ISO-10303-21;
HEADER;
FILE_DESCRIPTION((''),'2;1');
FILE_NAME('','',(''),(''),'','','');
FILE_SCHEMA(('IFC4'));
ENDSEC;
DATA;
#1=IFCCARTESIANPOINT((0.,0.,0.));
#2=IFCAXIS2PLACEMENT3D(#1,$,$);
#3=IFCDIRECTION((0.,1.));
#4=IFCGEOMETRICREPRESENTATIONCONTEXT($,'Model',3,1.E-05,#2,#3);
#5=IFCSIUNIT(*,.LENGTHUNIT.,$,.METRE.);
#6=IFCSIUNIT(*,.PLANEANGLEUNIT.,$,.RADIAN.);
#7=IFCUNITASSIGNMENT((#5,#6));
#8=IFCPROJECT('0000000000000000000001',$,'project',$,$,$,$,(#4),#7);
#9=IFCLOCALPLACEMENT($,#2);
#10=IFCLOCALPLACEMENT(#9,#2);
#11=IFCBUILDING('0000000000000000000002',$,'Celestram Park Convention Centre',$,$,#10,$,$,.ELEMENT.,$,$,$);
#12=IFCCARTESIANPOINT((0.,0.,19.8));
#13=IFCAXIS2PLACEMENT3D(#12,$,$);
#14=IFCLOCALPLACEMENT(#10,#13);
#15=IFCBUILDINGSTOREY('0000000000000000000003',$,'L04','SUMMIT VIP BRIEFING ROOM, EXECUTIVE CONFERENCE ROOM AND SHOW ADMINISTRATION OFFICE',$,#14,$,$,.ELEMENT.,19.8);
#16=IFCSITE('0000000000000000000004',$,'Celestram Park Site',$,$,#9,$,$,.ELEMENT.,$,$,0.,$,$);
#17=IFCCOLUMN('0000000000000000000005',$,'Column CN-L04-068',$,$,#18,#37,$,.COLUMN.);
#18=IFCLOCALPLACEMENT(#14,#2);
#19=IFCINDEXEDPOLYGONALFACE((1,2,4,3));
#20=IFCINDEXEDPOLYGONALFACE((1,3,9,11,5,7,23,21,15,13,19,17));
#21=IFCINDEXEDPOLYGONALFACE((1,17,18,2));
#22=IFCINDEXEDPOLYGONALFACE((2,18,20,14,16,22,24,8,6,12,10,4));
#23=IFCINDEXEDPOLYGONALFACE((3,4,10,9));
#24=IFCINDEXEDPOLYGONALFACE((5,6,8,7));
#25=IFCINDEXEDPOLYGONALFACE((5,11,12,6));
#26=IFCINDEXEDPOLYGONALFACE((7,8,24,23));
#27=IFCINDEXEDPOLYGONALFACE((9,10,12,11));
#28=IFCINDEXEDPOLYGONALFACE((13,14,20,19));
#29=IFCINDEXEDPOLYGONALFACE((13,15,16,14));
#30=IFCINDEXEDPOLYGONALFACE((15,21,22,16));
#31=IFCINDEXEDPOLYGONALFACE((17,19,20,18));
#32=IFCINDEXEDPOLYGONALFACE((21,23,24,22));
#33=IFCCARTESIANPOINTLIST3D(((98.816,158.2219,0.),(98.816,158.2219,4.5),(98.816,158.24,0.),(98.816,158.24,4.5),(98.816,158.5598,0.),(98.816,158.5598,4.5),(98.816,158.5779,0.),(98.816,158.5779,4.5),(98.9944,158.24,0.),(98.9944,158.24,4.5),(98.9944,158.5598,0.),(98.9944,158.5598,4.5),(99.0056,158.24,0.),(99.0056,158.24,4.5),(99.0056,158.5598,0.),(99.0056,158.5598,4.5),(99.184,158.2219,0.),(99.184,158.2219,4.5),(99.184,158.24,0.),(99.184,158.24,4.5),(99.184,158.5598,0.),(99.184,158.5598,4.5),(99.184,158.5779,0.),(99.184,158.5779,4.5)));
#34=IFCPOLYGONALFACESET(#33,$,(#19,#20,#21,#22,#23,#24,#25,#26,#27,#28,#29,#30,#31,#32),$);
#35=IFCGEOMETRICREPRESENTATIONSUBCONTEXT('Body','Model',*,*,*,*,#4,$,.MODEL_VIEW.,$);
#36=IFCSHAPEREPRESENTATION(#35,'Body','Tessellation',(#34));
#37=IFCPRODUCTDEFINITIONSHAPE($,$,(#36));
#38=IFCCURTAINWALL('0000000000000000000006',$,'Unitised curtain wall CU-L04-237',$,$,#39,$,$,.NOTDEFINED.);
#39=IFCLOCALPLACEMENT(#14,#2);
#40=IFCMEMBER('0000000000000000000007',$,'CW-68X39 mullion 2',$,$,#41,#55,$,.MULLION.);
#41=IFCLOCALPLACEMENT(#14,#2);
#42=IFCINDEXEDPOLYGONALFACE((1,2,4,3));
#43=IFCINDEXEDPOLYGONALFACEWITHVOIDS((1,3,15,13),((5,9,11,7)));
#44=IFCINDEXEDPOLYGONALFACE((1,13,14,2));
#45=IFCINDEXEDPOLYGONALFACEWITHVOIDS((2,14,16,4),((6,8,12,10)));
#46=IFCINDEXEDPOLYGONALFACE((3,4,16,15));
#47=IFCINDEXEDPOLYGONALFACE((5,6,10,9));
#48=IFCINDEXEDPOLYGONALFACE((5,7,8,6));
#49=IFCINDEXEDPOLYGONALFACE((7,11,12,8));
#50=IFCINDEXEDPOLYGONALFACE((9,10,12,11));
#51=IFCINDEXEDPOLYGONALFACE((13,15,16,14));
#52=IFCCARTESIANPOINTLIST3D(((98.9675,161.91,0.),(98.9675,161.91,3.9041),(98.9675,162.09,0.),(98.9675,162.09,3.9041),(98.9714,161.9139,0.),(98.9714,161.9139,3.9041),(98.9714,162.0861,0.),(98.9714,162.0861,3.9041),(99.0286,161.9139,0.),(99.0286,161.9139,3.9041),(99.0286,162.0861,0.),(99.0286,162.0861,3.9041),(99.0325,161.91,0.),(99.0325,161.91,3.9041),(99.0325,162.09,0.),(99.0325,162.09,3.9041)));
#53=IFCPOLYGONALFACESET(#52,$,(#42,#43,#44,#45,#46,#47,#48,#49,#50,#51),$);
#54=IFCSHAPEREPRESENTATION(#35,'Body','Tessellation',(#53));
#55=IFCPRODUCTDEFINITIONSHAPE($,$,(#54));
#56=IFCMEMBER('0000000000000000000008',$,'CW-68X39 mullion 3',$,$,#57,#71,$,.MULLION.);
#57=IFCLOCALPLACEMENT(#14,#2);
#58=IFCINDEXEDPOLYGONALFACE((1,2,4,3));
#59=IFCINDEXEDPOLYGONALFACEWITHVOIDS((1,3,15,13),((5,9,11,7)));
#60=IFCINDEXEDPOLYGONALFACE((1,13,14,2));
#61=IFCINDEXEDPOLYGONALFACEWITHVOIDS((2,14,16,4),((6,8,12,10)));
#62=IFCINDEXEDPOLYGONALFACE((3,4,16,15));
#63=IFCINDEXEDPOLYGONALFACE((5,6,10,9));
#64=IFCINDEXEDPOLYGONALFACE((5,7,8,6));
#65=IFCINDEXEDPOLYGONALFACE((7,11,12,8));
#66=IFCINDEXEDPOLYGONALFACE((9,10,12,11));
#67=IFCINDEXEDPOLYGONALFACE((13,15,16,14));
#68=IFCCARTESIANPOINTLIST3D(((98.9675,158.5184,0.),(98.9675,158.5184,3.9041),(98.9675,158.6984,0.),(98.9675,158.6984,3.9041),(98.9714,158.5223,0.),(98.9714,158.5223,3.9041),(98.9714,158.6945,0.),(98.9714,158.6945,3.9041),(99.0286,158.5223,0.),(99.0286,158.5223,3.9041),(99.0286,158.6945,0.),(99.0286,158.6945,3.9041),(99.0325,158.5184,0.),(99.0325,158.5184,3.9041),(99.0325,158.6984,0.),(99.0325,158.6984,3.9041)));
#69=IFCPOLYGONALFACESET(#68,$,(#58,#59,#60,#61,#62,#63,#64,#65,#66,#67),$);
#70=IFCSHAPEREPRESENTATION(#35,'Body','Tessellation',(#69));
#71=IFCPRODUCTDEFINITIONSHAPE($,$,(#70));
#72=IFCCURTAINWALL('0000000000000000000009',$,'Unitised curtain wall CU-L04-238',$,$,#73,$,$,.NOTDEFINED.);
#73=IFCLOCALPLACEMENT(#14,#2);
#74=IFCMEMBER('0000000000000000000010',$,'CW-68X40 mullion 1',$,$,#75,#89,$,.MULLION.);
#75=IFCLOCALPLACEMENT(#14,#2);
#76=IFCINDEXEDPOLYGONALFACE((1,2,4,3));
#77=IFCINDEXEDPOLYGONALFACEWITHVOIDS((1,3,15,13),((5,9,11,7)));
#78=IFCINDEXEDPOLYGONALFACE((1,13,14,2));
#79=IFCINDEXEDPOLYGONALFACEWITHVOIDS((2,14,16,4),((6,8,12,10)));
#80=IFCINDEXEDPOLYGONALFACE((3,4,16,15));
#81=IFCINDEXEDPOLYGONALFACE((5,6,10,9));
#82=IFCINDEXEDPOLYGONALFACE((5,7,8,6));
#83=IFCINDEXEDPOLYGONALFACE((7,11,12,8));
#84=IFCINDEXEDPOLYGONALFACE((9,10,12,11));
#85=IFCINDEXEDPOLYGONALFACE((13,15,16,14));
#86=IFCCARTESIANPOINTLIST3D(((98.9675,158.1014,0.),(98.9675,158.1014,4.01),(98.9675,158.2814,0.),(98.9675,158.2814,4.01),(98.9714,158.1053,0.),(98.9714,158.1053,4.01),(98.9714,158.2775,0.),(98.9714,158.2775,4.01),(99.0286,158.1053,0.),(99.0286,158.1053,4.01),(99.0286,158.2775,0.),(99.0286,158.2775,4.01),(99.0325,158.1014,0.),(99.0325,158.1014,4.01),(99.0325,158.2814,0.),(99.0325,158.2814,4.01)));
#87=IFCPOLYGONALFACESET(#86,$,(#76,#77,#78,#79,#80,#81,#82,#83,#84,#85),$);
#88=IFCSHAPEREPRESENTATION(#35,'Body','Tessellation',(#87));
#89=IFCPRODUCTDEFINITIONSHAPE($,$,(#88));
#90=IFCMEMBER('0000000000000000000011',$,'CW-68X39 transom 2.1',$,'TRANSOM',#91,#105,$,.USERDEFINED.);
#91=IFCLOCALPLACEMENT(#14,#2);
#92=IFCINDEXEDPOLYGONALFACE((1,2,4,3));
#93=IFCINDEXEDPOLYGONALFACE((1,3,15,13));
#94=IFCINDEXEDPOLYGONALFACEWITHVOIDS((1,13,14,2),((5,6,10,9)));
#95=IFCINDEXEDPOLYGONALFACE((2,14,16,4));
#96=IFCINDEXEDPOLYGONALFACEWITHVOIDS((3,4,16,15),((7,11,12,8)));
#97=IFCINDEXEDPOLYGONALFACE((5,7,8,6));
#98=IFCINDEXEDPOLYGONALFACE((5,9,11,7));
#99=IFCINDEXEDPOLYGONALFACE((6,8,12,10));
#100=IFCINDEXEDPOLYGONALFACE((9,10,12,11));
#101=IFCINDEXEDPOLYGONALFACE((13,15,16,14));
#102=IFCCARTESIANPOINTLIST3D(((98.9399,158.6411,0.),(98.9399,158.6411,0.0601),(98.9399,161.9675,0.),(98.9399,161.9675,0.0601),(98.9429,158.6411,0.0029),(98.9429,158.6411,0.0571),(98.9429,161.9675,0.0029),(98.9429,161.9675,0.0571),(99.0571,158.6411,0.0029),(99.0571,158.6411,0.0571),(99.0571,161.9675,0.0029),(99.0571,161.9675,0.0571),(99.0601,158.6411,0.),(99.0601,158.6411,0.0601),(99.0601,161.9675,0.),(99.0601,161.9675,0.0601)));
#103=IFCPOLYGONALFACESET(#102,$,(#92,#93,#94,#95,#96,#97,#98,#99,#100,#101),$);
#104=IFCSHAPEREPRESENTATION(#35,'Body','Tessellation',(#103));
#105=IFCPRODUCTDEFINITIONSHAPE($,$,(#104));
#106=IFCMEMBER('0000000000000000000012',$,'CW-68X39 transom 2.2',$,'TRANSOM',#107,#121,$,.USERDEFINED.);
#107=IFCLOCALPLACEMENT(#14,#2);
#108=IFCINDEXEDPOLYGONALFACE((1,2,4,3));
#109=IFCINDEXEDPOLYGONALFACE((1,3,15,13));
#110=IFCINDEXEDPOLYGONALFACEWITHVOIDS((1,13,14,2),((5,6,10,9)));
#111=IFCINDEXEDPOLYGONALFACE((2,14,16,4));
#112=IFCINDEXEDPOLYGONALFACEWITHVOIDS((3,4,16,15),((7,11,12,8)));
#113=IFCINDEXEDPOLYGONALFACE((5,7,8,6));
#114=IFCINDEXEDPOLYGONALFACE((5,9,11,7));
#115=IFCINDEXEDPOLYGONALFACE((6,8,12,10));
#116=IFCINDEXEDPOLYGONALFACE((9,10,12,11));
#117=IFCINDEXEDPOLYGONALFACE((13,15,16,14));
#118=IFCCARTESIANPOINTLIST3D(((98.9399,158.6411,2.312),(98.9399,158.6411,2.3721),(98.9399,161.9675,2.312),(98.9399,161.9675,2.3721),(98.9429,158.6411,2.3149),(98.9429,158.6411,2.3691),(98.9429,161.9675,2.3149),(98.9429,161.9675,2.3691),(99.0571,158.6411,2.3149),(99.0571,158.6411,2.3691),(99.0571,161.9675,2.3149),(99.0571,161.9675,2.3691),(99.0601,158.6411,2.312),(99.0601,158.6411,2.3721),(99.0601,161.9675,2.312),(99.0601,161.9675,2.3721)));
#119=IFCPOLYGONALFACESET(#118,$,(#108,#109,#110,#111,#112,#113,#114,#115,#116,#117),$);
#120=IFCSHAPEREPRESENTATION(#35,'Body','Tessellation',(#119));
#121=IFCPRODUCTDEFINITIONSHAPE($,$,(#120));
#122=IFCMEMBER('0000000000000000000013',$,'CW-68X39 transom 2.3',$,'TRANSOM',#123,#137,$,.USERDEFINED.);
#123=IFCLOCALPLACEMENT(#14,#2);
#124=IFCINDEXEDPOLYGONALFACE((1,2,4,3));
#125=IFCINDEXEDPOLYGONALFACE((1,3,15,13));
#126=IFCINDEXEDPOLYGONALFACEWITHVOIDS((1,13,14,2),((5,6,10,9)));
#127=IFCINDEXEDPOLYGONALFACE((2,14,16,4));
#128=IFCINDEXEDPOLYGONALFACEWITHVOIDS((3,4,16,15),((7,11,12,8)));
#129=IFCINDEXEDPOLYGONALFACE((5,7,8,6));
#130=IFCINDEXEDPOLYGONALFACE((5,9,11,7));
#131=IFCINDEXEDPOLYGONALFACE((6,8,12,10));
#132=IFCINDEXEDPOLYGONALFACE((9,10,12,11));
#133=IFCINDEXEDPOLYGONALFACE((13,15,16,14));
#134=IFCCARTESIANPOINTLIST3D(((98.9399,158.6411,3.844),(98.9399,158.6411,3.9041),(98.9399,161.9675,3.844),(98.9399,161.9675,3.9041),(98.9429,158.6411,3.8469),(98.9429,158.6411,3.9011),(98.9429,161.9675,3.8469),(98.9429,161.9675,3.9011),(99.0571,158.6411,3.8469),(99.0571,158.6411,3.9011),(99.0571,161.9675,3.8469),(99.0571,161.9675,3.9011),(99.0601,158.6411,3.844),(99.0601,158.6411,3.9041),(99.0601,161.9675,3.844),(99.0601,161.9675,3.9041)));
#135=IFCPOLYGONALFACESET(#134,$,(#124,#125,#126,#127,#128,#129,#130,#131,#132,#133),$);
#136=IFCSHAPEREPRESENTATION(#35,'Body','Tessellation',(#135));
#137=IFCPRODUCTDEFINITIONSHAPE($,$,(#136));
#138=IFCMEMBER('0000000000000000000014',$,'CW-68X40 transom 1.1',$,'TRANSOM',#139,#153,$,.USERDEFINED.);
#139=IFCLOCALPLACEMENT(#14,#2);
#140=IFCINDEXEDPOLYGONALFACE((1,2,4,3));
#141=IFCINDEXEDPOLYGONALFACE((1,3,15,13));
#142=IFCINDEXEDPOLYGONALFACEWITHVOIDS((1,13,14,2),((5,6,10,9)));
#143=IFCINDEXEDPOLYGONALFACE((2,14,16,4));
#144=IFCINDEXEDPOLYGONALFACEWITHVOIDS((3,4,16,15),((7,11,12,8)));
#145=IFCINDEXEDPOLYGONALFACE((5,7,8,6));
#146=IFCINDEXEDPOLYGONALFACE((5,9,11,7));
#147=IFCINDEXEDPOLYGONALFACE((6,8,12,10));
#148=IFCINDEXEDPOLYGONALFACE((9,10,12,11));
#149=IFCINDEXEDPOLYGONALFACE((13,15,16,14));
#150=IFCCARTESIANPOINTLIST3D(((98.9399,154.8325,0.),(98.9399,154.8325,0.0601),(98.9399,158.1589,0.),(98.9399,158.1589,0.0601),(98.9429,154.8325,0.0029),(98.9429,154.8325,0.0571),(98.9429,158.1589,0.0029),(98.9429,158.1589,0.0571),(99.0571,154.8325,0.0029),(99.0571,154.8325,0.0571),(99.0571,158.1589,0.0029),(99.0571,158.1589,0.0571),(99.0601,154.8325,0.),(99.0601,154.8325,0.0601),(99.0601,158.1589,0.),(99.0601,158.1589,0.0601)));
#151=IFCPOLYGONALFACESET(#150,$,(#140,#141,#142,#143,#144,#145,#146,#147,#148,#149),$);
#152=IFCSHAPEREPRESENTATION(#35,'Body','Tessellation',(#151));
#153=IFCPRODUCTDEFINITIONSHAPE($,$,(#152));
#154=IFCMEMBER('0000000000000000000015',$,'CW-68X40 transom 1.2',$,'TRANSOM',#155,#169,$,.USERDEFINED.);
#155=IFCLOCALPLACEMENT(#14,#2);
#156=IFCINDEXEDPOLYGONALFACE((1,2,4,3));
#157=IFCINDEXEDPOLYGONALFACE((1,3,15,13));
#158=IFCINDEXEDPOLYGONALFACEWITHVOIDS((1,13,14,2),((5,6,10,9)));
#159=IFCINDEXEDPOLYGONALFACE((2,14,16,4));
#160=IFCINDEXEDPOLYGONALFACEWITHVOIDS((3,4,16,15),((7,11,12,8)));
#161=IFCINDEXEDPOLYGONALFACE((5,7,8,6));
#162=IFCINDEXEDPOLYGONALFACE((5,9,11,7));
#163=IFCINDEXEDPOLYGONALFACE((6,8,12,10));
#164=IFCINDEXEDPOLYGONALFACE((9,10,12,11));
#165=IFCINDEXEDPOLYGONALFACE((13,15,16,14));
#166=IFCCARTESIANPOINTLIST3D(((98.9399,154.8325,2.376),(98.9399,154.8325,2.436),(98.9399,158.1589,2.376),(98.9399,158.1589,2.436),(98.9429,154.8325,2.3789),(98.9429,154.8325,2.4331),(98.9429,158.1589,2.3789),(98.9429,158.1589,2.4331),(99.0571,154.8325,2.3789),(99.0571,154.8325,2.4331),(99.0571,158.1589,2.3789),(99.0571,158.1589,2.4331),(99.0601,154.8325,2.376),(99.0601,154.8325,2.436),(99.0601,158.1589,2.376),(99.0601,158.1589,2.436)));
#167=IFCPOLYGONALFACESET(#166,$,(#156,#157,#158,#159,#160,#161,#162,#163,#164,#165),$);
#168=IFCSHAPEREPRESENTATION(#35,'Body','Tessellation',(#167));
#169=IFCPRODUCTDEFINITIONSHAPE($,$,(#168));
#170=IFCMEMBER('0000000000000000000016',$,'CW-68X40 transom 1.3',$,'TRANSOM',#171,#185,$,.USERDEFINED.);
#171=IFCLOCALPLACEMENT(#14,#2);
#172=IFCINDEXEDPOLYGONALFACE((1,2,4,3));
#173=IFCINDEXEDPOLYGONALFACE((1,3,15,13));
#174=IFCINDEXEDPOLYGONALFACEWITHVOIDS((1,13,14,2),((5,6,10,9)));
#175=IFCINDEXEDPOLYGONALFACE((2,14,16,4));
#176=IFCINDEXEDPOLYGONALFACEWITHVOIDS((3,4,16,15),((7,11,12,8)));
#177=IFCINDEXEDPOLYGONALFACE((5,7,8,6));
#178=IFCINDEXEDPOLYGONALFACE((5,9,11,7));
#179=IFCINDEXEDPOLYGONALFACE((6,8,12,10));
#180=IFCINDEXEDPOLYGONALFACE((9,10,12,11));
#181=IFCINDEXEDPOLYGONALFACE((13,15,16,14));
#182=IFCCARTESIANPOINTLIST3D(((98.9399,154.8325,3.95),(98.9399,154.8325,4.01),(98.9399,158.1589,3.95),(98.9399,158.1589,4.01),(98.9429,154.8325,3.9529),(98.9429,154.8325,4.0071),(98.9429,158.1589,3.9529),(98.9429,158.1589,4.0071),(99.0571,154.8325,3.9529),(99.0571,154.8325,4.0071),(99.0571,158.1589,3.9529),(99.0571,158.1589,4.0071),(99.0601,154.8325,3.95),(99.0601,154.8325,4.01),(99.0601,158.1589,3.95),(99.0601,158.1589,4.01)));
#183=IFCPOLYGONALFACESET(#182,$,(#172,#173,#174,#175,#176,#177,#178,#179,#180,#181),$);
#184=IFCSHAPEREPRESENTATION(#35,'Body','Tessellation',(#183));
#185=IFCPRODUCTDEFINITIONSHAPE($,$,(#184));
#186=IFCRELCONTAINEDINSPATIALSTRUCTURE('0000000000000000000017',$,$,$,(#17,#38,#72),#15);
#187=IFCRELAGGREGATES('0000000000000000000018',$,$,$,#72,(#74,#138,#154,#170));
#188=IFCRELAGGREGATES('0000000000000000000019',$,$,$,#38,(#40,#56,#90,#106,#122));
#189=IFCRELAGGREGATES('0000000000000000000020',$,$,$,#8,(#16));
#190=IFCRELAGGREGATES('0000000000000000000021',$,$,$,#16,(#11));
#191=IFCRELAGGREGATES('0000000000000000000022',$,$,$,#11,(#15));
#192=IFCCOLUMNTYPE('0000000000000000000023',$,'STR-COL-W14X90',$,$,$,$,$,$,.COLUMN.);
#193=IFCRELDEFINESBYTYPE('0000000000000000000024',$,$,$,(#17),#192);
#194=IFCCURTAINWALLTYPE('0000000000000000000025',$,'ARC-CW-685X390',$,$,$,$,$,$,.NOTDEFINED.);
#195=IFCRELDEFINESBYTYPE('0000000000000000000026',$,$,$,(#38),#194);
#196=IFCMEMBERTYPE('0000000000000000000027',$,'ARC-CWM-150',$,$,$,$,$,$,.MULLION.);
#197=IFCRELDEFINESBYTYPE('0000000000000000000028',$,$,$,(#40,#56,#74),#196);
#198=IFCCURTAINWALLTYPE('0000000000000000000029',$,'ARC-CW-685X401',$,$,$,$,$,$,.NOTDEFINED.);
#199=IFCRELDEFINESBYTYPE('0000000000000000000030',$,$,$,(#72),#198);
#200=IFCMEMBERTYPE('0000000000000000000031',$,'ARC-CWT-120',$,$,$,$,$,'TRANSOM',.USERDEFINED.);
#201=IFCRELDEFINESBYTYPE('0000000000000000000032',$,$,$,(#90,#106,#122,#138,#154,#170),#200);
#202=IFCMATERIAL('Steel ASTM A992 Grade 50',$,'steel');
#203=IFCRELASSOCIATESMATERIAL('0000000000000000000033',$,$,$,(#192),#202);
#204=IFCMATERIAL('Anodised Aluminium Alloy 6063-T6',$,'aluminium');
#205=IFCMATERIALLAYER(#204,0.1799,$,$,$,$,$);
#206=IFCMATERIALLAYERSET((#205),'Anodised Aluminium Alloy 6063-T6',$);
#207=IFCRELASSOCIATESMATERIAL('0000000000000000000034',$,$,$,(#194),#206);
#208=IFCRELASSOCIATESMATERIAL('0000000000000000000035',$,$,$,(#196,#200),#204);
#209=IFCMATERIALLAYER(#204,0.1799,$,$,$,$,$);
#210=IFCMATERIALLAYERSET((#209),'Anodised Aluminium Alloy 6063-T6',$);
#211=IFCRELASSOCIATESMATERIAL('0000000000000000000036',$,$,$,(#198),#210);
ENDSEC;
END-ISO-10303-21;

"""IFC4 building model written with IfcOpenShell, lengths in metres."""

from ifc_helpers import new_model, si_unit, direction, frame, origin, origin_2d, place, context, subcontext, project, spatial, hollow_rectangle, i_section, extrude, material, layer, layer_set, material_profile, profile_set, type_object, element, aggregate, save


model = new_model("IFC4")

# Units and contexts
model_context = context("Model", 3, precision=1e-05, world=origin(), true_north=direction((0.0, 1.0)))
body_context = subcontext(model_context, "Body", "Model", "MODEL_VIEW")
ifc_project = project(units=[si_unit("LENGTHUNIT", "METRE"), si_unit("PLANEANGLEUNIT", "RADIAN")], contexts=[model_context])

# Site, building, storey
site_placement = place(None, origin())
site = spatial("IfcSite", under=ifc_project, at=site_placement, Name="Celestram Park Site", CompositionType="ELEMENT", RefElevation=0.0)
building_placement = place(site_placement, origin())
building = spatial("IfcBuilding", under=site, at=building_placement, Name="Celestram Park Convention Centre", CompositionType="ELEMENT")
storey_placement = place(building_placement, frame((0.0, 0.0, 19.8)))
storey = spatial("IfcBuildingStorey", under=building, at=storey_placement, Name="L04", Description="SUMMIT VIP BRIEFING ROOM, EXECUTIVE CONFERENCE ROOM AND SHOW ADMINISTRATION OFFICE", CompositionType="ELEMENT", Elevation=19.8)

# Column
ifc_material_1 = material(Name="Steel ASTM A992 Grade 50", Category="steel")
ifc_material_profile_1 = material_profile(ifc_material_1, i_section(OverallWidth=0.3679, OverallDepth=0.356, WebThickness=0.0112, FlangeThickness=0.0181, at=origin_2d()), Name="W14X90")
ifc_profile_set_1 = profile_set([ifc_material_profile_1], Name="Steel ASTM A992 Grade 50")
column_type = type_object("IfcColumnType", Name="STR-COL-W14X90", PredefinedType="COLUMN", material=ifc_profile_set_1)
column_placement = place(storey_placement, frame((99.0, 158.3999, 0.0), z_axis=(0.0, 0.0, 1.0), x_axis=(1.0, 0.0, 0.0)))
element("IfcColumn", 1, at=column_placement, inside=storey, type_object=column_type, Name="Column CN-L04-068", PredefinedType="COLUMN", context=body_context, shape_type="SweptSolid", body=[
    extrude(i_section(OverallWidth=0.3679, OverallDepth=0.356, WebThickness=0.0112, FlangeThickness=0.0181, at=origin_2d()), origin(), (0.0, 0.0, 1.0), 4.5),
])

# Curtain wall, members
ifc_material_2 = material(Name="Anodised Aluminium Alloy 6063-T6", Category="aluminium")
ifc_layer_1 = layer(ifc_material_2, 0.1799)
ifc_layer_set_1 = layer_set([ifc_layer_1], Name="Anodised Aluminium Alloy 6063-T6")
curtain_wall_type_1 = type_object("IfcCurtainWallType", Name="ARC-CW-685X390", PredefinedType="NOTDEFINED", material=ifc_layer_set_1)
curtain_wall_1_placement = place(storey_placement, origin())
curtain_wall_1 = element("IfcCurtainWall", 2, at=curtain_wall_1_placement, inside=storey, type_object=curtain_wall_type_1, Name="Unitised curtain wall CU-L04-237", PredefinedType="NOTDEFINED")
ifc_material_profile_2 = material_profile(ifc_material_2, hollow_rectangle(XDim=0.0649, YDim=0.1799, WallThickness=0.0039, at=origin_2d()), Name="ALU65X180X4")
ifc_profile_set_2 = profile_set([ifc_material_profile_2], Name="Anodised Aluminium Alloy 6063-T6")
member_type_1 = type_object("IfcMemberType", Name="ARC-CWM-150", PredefinedType="MULLION", material=ifc_profile_set_2)
member_1_placement = place(storey_placement, frame((99.0, 162.0, 0.0), z_axis=(0.0, 0.0, 1.0), x_axis=(1.0, 0.0, 0.0)))
member_1 = element("IfcMember", 3, at=member_1_placement, type_object=member_type_1, Name="CW-68X39 mullion 2", PredefinedType="MULLION", context=body_context, shape_type="SweptSolid", body=[
    extrude(hollow_rectangle(XDim=0.0649, YDim=0.1799, WallThickness=0.0039, at=origin_2d()), origin(), (0.0, 0.0, 1.0), 3.9041),
])
member_2_placement = place(storey_placement, frame((99.0, 158.6084, 0.0), z_axis=(0.0, 0.0, 1.0), x_axis=(1.0, 0.0, 0.0)))
member_2 = element("IfcMember", 4, at=member_2_placement, type_object=member_type_1, Name="CW-68X39 mullion 3", PredefinedType="MULLION", context=body_context, shape_type="SweptSolid", body=[
    extrude(hollow_rectangle(XDim=0.0649, YDim=0.1799, WallThickness=0.0039, at=origin_2d()), origin(), (0.0, 0.0, 1.0), 3.9041),
])

# Curtain wall, member
ifc_layer_2 = layer(ifc_material_2, 0.1799)
ifc_layer_set_2 = layer_set([ifc_layer_2], Name="Anodised Aluminium Alloy 6063-T6")
curtain_wall_type_2 = type_object("IfcCurtainWallType", Name="ARC-CW-685X401", PredefinedType="NOTDEFINED", material=ifc_layer_set_2)
curtain_wall_2_placement = place(storey_placement, origin())
curtain_wall_2 = element("IfcCurtainWall", 5, at=curtain_wall_2_placement, inside=storey, type_object=curtain_wall_type_2, Name="Unitised curtain wall CU-L04-238", PredefinedType="NOTDEFINED")
member_3_placement = place(storey_placement, frame((99.0, 158.1914, 0.0), z_axis=(0.0, 0.0, 1.0), x_axis=(1.0, 0.0, 0.0)))
member_3 = element("IfcMember", 6, at=member_3_placement, type_object=member_type_1, Name="CW-68X40 mullion 1", PredefinedType="MULLION", context=body_context, shape_type="SweptSolid", body=[
    extrude(hollow_rectangle(XDim=0.0649, YDim=0.1799, WallThickness=0.0039, at=origin_2d()), origin(), (0.0, 0.0, 1.0), 4.01),
])

# Members
ifc_material_profile_3 = material_profile(ifc_material_2, hollow_rectangle(XDim=0.1201, YDim=0.0601, WallThickness=0.0029, at=origin_2d()), Name="ALU120X60X3")
ifc_profile_set_3 = profile_set([ifc_material_profile_3], Name="Anodised Aluminium Alloy 6063-T6")
member_type_2 = type_object("IfcMemberType", Name="ARC-CWT-120", ElementType="TRANSOM", PredefinedType="USERDEFINED", material=ifc_profile_set_3)
member_4_placement = place(storey_placement, frame((99.0, 161.9675, 0.03), z_axis=(0.0, -1.0, 0.0), x_axis=(1.0, 0.0, 0.0)))
member_4 = element("IfcMember", 7, at=member_4_placement, type_object=member_type_2, Name="CW-68X39 transom 2.1", ObjectType="TRANSOM", PredefinedType="USERDEFINED", context=body_context, shape_type="SweptSolid", body=[
    extrude(hollow_rectangle(XDim=0.1201, YDim=0.0601, WallThickness=0.0029, at=origin_2d()), origin(), (0.0, 0.0, 1.0), 3.3264),
])
member_5_placement = place(storey_placement, frame((99.0, 161.9675, 2.342), z_axis=(0.0, -1.0, 0.0), x_axis=(1.0, 0.0, 0.0)))
member_5 = element("IfcMember", 8, at=member_5_placement, type_object=member_type_2, Name="CW-68X39 transom 2.2", ObjectType="TRANSOM", PredefinedType="USERDEFINED", context=body_context, shape_type="SweptSolid", body=[
    extrude(hollow_rectangle(XDim=0.1201, YDim=0.0601, WallThickness=0.0029, at=origin_2d()), origin(), (0.0, 0.0, 1.0), 3.3264),
])
member_6_placement = place(storey_placement, frame((99.0, 161.9675, 3.874), z_axis=(0.0, -1.0, 0.0), x_axis=(1.0, 0.0, 0.0)))
member_6 = element("IfcMember", 9, at=member_6_placement, type_object=member_type_2, Name="CW-68X39 transom 2.3", ObjectType="TRANSOM", PredefinedType="USERDEFINED", context=body_context, shape_type="SweptSolid", body=[
    extrude(hollow_rectangle(XDim=0.1201, YDim=0.0601, WallThickness=0.0029, at=origin_2d()), origin(), (0.0, 0.0, 1.0), 3.3264),
])
member_7_placement = place(storey_placement, frame((99.0, 158.1589, 0.03), z_axis=(0.0, -1.0, 0.0), x_axis=(1.0, 0.0, 0.0)))
member_7 = element("IfcMember", 10, at=member_7_placement, type_object=member_type_2, Name="CW-68X40 transom 1.1", ObjectType="TRANSOM", PredefinedType="USERDEFINED", context=body_context, shape_type="SweptSolid", body=[
    extrude(hollow_rectangle(XDim=0.1201, YDim=0.0601, WallThickness=0.0029, at=origin_2d()), origin(), (0.0, 0.0, 1.0), 3.3264),
])
member_8_placement = place(storey_placement, frame((99.0, 158.1589, 2.406), z_axis=(0.0, -1.0, 0.0), x_axis=(1.0, 0.0, 0.0)))
member_8 = element("IfcMember", 11, at=member_8_placement, type_object=member_type_2, Name="CW-68X40 transom 1.2", ObjectType="TRANSOM", PredefinedType="USERDEFINED", context=body_context, shape_type="SweptSolid", body=[
    extrude(hollow_rectangle(XDim=0.1201, YDim=0.0601, WallThickness=0.0029, at=origin_2d()), origin(), (0.0, 0.0, 1.0), 3.3264),
])
member_9_placement = place(storey_placement, frame((99.0, 158.1589, 3.98), z_axis=(0.0, -1.0, 0.0), x_axis=(1.0, 0.0, 0.0)))
member_9 = element("IfcMember", 12, at=member_9_placement, type_object=member_type_2, Name="CW-68X40 transom 1.3", ObjectType="TRANSOM", PredefinedType="USERDEFINED", context=body_context, shape_type="SweptSolid", body=[
    extrude(hollow_rectangle(XDim=0.1201, YDim=0.0601, WallThickness=0.0029, at=origin_2d()), origin(), (0.0, 0.0, 1.0), 3.3264),
])
aggregate(curtain_wall_2, [member_3, member_7, member_8, member_9])

aggregate(curtain_wall_1, [member_1, member_2, member_4, member_5, member_6])

save(model, "model.ifc")
